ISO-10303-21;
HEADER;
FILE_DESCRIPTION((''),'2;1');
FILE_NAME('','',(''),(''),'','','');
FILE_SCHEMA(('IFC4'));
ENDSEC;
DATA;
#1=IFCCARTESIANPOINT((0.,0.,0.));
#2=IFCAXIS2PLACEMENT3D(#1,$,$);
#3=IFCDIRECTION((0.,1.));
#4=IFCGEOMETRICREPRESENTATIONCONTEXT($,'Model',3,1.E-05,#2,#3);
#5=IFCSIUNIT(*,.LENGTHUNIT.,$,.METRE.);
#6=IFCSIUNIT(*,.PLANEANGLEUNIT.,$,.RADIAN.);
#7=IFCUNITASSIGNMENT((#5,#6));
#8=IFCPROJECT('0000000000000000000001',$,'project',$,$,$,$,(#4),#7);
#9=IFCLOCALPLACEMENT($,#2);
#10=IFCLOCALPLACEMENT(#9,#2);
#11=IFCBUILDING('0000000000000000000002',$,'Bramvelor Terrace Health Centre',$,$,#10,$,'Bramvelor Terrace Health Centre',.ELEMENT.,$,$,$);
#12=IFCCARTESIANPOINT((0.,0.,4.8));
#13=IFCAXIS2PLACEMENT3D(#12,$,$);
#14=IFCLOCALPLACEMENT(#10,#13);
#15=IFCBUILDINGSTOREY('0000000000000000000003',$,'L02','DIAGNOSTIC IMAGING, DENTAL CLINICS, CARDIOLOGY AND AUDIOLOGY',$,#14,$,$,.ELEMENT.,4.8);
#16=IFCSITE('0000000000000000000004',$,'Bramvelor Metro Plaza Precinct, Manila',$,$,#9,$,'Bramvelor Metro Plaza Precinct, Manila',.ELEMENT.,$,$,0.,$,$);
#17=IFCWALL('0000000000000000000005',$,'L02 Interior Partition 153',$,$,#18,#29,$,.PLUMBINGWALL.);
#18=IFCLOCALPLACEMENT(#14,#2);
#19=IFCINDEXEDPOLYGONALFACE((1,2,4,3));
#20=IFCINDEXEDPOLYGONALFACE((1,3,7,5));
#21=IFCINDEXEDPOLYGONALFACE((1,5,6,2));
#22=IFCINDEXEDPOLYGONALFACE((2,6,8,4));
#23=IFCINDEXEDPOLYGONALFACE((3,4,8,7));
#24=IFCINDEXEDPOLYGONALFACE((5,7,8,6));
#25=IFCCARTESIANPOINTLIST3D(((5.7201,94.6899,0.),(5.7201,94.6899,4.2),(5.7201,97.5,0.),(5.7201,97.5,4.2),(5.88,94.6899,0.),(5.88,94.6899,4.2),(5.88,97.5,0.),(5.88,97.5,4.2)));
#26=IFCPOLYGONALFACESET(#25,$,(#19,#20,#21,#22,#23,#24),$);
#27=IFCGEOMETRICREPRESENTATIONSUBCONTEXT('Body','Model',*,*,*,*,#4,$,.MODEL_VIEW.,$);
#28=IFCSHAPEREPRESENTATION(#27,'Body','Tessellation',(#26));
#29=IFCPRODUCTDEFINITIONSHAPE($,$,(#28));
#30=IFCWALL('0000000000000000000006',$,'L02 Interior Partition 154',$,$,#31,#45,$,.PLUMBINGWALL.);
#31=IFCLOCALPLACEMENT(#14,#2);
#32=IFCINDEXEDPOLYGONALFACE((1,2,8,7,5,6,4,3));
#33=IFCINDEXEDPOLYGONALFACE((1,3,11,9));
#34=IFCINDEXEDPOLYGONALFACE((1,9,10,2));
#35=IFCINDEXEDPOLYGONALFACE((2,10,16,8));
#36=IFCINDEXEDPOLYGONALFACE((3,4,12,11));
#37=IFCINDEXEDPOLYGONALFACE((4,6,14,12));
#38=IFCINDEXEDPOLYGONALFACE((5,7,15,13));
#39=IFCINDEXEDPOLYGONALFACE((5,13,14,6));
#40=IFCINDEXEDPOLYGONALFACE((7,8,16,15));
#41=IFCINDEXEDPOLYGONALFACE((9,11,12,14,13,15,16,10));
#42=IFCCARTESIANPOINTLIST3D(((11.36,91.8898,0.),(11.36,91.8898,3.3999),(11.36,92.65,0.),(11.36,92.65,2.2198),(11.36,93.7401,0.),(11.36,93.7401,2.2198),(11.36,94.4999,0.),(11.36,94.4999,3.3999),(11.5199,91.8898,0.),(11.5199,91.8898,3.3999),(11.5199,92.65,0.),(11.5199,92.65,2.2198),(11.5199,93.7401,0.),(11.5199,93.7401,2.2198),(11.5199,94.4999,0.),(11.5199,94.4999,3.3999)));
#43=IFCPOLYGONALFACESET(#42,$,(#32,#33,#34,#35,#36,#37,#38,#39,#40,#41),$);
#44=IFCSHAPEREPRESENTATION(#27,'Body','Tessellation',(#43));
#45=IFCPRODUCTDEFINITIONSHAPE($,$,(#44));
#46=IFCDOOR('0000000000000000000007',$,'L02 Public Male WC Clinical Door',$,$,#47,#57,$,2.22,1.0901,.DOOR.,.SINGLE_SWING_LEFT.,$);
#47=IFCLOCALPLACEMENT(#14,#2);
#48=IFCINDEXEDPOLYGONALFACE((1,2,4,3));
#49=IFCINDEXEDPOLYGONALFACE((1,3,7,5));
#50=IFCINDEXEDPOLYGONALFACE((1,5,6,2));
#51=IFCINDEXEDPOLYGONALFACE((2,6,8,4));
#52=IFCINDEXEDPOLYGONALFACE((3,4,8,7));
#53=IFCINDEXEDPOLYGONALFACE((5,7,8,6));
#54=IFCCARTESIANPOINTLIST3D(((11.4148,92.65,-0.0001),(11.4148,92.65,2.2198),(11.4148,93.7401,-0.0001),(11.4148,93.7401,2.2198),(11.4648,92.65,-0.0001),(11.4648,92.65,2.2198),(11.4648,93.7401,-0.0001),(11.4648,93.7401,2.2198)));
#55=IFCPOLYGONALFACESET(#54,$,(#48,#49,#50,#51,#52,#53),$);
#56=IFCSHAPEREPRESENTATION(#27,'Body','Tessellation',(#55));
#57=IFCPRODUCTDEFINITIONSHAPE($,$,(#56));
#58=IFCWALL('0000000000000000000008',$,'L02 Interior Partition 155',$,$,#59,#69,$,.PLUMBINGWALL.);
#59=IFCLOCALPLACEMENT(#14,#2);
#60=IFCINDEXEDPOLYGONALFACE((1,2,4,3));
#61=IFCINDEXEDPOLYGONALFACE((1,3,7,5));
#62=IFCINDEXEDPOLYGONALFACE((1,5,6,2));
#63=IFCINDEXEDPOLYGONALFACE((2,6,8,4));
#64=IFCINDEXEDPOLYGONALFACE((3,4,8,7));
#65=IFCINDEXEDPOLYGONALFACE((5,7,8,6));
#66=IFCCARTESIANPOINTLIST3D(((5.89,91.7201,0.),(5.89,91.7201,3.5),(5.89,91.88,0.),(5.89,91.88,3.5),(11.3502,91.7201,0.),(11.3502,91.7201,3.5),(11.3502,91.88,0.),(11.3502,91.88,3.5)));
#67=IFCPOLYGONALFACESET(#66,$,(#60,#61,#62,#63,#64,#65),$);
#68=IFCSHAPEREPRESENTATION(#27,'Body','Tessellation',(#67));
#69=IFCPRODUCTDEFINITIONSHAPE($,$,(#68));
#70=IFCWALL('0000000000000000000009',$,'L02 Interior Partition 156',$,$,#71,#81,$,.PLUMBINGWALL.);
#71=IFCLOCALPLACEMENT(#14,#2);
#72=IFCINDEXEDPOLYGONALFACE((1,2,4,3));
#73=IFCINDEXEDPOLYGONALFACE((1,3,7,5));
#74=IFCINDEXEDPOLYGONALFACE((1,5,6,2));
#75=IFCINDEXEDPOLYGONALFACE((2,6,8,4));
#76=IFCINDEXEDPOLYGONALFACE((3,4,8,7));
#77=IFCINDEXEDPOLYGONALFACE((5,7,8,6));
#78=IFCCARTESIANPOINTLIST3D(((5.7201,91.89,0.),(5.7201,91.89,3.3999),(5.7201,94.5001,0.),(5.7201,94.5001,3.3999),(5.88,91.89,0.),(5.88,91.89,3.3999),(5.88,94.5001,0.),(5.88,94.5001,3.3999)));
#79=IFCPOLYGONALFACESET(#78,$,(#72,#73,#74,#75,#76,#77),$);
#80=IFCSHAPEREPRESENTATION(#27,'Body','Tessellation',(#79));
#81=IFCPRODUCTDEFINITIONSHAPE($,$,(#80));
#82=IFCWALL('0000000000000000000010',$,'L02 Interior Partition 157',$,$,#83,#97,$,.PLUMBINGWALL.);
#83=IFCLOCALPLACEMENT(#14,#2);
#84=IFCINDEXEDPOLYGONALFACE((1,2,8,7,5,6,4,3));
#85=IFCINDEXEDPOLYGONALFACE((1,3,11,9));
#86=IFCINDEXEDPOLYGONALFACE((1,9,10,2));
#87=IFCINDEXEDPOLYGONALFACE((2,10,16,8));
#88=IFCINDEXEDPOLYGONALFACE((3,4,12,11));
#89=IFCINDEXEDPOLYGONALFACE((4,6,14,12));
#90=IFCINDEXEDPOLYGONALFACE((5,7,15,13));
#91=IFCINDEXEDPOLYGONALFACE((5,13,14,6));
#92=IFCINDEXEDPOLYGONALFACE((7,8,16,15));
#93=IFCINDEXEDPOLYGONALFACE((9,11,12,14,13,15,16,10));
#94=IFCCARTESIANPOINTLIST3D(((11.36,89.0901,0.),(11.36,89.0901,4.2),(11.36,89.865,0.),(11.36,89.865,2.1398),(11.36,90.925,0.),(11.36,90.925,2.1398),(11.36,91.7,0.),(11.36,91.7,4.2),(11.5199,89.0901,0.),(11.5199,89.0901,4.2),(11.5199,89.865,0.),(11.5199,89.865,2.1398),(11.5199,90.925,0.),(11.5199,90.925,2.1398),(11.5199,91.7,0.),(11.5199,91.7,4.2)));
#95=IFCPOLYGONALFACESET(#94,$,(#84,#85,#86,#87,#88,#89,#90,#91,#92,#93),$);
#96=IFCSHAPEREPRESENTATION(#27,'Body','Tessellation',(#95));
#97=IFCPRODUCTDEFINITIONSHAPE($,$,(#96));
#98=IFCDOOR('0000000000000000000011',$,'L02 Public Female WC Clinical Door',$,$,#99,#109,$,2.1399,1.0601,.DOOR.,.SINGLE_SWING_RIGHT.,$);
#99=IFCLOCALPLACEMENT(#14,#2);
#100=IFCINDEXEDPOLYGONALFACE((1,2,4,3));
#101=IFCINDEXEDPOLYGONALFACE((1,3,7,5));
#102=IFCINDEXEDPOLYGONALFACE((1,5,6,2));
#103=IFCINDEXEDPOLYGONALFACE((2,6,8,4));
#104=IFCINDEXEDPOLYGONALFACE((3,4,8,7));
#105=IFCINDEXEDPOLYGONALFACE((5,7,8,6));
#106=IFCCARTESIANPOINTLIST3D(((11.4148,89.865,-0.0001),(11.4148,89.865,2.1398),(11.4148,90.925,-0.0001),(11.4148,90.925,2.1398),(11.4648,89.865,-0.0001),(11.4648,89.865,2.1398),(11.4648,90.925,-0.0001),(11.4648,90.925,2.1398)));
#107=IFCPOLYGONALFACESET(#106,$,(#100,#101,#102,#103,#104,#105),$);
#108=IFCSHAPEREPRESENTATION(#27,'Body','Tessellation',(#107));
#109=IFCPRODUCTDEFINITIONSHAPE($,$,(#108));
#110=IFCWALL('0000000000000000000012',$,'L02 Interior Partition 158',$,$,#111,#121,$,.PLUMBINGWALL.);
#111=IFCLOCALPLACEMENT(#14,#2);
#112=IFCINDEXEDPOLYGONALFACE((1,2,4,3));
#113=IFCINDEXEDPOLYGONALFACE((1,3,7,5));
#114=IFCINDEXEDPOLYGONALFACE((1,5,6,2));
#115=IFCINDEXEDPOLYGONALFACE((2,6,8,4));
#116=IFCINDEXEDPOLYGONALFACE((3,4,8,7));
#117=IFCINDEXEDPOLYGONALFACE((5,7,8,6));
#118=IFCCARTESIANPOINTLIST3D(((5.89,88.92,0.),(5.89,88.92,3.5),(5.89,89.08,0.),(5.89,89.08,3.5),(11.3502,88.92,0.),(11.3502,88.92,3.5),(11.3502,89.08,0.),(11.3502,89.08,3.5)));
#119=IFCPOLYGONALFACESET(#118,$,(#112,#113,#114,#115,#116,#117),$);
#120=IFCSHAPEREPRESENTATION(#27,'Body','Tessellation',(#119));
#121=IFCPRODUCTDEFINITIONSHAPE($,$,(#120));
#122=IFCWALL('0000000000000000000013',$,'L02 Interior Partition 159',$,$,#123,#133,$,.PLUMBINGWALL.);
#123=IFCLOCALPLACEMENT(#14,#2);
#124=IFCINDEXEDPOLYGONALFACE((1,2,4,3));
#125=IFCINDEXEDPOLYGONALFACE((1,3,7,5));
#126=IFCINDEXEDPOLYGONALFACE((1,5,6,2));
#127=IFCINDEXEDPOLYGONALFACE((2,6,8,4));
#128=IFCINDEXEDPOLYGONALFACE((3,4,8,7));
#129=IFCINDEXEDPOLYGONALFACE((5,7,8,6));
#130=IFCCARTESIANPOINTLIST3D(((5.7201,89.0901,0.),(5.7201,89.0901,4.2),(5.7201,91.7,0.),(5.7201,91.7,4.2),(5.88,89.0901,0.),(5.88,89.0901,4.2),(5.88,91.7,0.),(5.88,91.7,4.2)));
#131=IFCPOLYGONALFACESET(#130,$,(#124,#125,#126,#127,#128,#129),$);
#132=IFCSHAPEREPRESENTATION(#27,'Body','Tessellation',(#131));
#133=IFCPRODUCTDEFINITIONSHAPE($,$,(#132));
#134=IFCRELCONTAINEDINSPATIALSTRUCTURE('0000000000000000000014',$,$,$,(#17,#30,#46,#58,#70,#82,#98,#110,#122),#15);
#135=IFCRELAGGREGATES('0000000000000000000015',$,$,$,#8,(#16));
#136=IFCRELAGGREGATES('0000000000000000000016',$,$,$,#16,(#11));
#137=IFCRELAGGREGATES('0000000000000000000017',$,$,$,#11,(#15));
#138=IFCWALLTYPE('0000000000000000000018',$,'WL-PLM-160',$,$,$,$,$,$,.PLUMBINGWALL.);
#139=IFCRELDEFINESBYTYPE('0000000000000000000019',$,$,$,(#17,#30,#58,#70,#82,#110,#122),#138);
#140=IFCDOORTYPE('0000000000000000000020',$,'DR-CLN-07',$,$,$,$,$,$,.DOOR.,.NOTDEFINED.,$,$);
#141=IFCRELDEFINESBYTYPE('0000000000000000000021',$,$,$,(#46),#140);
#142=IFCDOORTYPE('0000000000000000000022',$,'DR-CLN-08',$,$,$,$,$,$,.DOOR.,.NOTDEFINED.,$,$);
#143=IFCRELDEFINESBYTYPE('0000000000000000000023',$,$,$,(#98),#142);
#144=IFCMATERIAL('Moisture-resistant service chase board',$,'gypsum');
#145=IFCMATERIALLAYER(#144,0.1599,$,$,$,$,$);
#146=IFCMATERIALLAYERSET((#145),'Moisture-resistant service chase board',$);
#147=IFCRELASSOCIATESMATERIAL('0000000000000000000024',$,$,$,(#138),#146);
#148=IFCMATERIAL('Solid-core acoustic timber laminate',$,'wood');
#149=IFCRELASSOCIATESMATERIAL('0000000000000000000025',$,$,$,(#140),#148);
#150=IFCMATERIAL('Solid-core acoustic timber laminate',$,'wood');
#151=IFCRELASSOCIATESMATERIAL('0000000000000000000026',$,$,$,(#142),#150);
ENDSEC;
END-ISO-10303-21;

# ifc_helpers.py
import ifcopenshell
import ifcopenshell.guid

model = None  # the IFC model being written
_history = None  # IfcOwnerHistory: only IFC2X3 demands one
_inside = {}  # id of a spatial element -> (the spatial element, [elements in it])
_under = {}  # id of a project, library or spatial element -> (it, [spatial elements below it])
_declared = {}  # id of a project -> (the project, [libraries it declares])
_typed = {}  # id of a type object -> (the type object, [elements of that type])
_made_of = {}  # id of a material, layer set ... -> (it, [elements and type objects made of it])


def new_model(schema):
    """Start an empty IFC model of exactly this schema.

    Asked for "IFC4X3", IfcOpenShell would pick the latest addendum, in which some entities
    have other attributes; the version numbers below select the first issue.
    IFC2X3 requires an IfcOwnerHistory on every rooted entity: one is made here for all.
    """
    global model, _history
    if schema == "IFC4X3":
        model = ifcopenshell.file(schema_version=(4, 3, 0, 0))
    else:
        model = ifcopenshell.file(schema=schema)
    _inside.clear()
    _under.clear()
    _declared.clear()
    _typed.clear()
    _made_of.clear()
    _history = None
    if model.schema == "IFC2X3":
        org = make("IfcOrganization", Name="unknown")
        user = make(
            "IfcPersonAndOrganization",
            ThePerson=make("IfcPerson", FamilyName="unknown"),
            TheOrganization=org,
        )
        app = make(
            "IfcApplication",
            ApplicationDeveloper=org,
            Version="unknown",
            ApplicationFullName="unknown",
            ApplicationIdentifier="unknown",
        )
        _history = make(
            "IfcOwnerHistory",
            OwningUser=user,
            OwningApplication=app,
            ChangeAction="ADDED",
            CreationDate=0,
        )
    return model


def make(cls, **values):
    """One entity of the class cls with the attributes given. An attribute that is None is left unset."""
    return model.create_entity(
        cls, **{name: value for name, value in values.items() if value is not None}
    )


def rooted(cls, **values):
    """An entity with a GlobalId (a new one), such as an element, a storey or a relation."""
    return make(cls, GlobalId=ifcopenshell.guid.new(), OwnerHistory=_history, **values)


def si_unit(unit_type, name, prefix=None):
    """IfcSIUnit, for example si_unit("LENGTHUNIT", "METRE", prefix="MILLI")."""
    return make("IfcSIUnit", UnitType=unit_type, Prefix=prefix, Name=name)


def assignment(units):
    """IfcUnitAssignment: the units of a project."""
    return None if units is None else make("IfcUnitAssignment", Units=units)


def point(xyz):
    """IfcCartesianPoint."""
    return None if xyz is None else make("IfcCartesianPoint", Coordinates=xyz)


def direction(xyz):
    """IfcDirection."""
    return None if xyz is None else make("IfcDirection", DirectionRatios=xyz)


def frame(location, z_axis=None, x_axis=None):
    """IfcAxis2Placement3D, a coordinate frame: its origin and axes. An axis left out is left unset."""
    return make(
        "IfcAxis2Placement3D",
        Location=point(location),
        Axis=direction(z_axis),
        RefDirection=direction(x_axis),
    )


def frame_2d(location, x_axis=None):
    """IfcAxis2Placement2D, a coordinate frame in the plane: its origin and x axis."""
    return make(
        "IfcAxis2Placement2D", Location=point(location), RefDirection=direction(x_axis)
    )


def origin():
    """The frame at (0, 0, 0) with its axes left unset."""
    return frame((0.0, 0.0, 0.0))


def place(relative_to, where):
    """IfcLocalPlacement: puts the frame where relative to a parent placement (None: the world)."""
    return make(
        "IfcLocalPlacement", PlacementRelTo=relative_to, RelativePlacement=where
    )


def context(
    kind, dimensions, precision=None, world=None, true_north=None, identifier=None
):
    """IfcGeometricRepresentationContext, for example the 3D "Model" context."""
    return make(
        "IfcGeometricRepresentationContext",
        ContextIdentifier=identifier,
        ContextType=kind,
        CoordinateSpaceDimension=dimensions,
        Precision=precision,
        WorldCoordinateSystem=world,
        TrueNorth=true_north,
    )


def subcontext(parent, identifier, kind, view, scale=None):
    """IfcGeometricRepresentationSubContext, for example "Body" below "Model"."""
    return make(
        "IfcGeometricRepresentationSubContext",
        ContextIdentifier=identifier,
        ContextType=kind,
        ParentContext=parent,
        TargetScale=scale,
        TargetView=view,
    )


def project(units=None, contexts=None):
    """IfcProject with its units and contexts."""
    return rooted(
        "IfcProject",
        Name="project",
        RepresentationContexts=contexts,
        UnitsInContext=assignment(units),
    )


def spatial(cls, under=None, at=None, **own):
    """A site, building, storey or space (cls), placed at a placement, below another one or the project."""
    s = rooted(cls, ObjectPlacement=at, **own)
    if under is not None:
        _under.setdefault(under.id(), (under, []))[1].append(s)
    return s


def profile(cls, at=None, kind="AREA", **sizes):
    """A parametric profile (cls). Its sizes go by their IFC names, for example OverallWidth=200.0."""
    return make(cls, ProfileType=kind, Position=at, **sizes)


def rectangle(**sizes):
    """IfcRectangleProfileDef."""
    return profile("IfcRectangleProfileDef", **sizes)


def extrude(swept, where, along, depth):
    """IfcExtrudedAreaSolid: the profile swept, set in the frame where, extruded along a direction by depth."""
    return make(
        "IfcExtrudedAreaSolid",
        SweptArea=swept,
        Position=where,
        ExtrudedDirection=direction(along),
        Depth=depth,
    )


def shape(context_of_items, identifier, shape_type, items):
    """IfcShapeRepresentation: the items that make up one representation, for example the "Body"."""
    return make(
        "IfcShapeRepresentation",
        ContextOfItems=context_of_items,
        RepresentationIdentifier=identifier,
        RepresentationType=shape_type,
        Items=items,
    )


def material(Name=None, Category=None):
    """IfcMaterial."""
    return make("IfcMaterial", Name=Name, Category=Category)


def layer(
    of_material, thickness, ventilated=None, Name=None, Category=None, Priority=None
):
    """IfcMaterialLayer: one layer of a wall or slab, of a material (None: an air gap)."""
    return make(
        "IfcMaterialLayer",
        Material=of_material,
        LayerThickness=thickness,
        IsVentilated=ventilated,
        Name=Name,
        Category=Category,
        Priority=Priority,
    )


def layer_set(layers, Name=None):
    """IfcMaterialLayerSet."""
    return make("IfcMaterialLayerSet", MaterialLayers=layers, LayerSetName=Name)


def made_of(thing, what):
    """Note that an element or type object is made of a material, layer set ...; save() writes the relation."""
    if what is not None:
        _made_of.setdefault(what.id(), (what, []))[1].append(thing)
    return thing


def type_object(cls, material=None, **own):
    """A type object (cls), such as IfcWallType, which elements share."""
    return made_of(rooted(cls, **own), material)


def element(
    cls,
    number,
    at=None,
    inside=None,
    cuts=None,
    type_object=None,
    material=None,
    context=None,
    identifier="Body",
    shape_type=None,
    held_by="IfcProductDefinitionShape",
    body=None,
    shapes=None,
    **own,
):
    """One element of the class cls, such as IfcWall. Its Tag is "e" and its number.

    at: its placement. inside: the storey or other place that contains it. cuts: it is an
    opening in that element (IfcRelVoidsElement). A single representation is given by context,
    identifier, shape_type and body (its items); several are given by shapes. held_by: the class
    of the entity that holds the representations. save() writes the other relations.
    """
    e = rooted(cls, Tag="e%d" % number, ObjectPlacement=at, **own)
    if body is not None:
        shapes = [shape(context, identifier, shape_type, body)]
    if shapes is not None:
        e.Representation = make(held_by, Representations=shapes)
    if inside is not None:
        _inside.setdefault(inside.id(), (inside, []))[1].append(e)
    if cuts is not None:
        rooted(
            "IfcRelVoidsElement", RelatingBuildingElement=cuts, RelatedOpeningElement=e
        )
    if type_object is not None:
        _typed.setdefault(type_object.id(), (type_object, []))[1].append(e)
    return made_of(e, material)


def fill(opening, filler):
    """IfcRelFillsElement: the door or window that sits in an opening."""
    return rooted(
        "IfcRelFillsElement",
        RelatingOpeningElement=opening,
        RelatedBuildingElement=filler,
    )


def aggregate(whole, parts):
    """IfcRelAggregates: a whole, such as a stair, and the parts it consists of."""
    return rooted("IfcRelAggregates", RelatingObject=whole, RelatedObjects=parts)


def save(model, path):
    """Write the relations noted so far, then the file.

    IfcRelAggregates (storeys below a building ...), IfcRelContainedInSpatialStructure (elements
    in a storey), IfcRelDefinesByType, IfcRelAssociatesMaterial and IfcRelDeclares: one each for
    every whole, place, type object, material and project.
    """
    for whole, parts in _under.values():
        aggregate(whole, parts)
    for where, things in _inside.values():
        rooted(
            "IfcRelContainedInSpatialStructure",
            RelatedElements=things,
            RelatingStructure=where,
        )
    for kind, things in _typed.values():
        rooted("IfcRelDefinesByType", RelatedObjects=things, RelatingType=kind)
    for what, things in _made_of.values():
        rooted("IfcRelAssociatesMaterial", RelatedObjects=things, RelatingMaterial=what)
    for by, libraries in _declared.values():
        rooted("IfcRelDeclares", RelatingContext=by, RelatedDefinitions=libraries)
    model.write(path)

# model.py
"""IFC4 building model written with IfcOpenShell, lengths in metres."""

from ifc_helpers import new_model, si_unit, direction, frame, frame_2d, origin, place, context, subcontext, project, spatial, rectangle, extrude, material, layer, layer_set, type_object, element, fill, save


model = new_model("IFC4")

# Units and contexts
model_context = context("Model", 3, precision=1e-05, world=origin(), true_north=direction((0.0, 1.0)))
body_context = subcontext(model_context, "Body", "Model", "MODEL_VIEW")
ifc_project = project(units=[si_unit("LENGTHUNIT", "METRE"), si_unit("PLANEANGLEUNIT", "RADIAN")], contexts=[model_context])

# Site, building, storey
site_placement = place(None, origin())
site = spatial("IfcSite", under=ifc_project, at=site_placement, Name="Bramvelor Metro Plaza Precinct, Manila", LongName="Bramvelor Metro Plaza Precinct, Manila", CompositionType="ELEMENT", RefElevation=0.0)
building_placement = place(site_placement, origin())
building = spatial("IfcBuilding", under=site, at=building_placement, Name="Bramvelor Terrace Health Centre", LongName="Bramvelor Terrace Health Centre", CompositionType="ELEMENT")
storey_placement = place(building_placement, frame((0.0, 0.0, 4.8)))
storey = spatial("IfcBuildingStorey", under=building, at=storey_placement, Name="L02", Description="DIAGNOSTIC IMAGING, DENTAL CLINICS, CARDIOLOGY AND AUDIOLOGY", CompositionType="ELEMENT", Elevation=4.8)

# Shared definitions
ifc_material_1 = material(Name="Moisture-resistant service chase board", Category="gypsum")
ifc_layer_1 = layer(ifc_material_1, 0.1599)
ifc_layer_set_1 = layer_set([ifc_layer_1], Name="Moisture-resistant service chase board")
wall_type_1 = type_object("IfcWallType", Name="WL-PLM-160", PredefinedType="PLUMBINGWALL", material=ifc_layer_set_1)

# Wall
wall_1_placement = place(storey_placement, frame((5.8, 94.6899, 0.0), z_axis=(0.0, 0.0, 1.0), x_axis=(0.0, 1.0, 0.0)))
element("IfcWall", 1, at=wall_1_placement, inside=storey, type_object=wall_type_1, Name="L02 Interior Partition 153", PredefinedType="PLUMBINGWALL", context=body_context, shape_type="SweptSolid", body=[
    extrude(rectangle(XDim=2.8101, YDim=0.1599, at=frame_2d((1.405, 0.0))), origin(), (0.0, 0.0, 1.0), 4.2),
])

# Wall, opening, door
wall_2_placement = place(storey_placement, frame((11.4399, 94.5, 0.0), z_axis=(0.0, 0.0, 1.0), x_axis=(0.0, -1.0, 0.0)))
wall_2 = element("IfcWall", 2, at=wall_2_placement, inside=storey, type_object=wall_type_1, Name="L02 Interior Partition 154", PredefinedType="PLUMBINGWALL", context=body_context, shape_type="SweptSolid", body=[
    extrude(rectangle(XDim=2.6101, YDim=0.1599, at=frame_2d((1.3052, 0.0))), origin(), (0.0, 0.0, 1.0), 3.3999),
])
opening_1_placement = place(wall_2_placement, frame((0.76, 0.0, 0.0)))
opening_1 = element("IfcOpeningElement", 3, at=opening_1_placement, cuts=wall_2, PredefinedType="OPENING", context=body_context, shape_type="SweptSolid", body=[
    extrude(rectangle(XDim=1.0901, YDim=2.22, at=frame_2d((0.5449, 1.1099))), frame((0.0, 0.0898, 0.0), z_axis=(0.0, -1.0, 0.0), x_axis=(1.0, 0.0, 0.0)), (0.0, 0.0, 1.0), 0.1799),
])
ifc_material_2 = material(Name="Solid-core acoustic timber laminate", Category="wood")
door_type_1 = type_object("IfcDoorType", Name="DR-CLN-07", OperationType="NOTDEFINED", PredefinedType="DOOR", material=ifc_material_2)
door_1_placement = place(opening_1_placement, origin())
door_1 = element("IfcDoor", 4, at=door_1_placement, inside=storey, type_object=door_type_1, Name="L02 Public Male WC Clinical Door", OperationType="SINGLE_SWING_LEFT", OverallHeight=2.22, OverallWidth=1.0901, PredefinedType="DOOR", context=body_context, shape_type="SweptSolid", body=[
    extrude(rectangle(XDim=1.0901, YDim=2.22, at=frame_2d((0.5449, 1.1099))), frame((0.0, 0.0249, 0.0), z_axis=(0.0, -1.0, 0.0), x_axis=(1.0, 0.0, 0.0)), (0.0, 0.0, 1.0), 0.05),
])
fill(opening_1, door_1)

# Walls
wall_3_placement = place(storey_placement, frame((11.3501, 91.8, 0.0), z_axis=(0.0, 0.0, 1.0), x_axis=(-1.0, 0.0, 0.0)))
element("IfcWall", 5, at=wall_3_placement, inside=storey, type_object=wall_type_1, Name="L02 Interior Partition 155", PredefinedType="PLUMBINGWALL", context=body_context, shape_type="SweptSolid", body=[
    extrude(rectangle(XDim=5.4602, YDim=0.1599, at=frame_2d((2.73, 0.0))), origin(), (0.0, 0.0, 1.0), 3.5),
])
wall_4_placement = place(storey_placement, frame((5.8, 91.8899, 0.0), z_axis=(0.0, 0.0, 1.0), x_axis=(0.0, 1.0, 0.0)))
element("IfcWall", 6, at=wall_4_placement, inside=storey, type_object=wall_type_1, Name="L02 Interior Partition 156", PredefinedType="PLUMBINGWALL", context=body_context, shape_type="SweptSolid", body=[
    extrude(rectangle(XDim=2.6101, YDim=0.1599, at=frame_2d((1.3052, 0.0))), origin(), (0.0, 0.0, 1.0), 3.3999),
])

# Wall, opening, door
wall_5_placement = place(storey_placement, frame((11.4399, 91.7, 0.0), z_axis=(0.0, 0.0, 1.0), x_axis=(0.0, -1.0, 0.0)))
wall_5 = element("IfcWall", 7, at=wall_5_placement, inside=storey, type_object=wall_type_1, Name="L02 Interior Partition 157", PredefinedType="PLUMBINGWALL", context=body_context, shape_type="SweptSolid", body=[
    extrude(rectangle(XDim=2.6099, YDim=0.1599, at=frame_2d((1.3049, 0.0))), origin(), (0.0, 0.0, 1.0), 4.2),
])
opening_2_placement = place(wall_5_placement, frame((0.7749, 0.0, 0.0)))
opening_2 = element("IfcOpeningElement", 8, at=opening_2_placement, cuts=wall_5, PredefinedType="OPENING", context=body_context, shape_type="SweptSolid", body=[
    extrude(rectangle(XDim=1.0601, YDim=2.1399, at=frame_2d((0.53, 1.0698))), frame((0.0, 0.0898, 0.0), z_axis=(0.0, -1.0, 0.0), x_axis=(1.0, 0.0, 0.0)), (0.0, 0.0, 1.0), 0.1799),
])
ifc_material_3 = material(Name="Solid-core acoustic timber laminate", Category="wood")
door_type_2 = type_object("IfcDoorType", Name="DR-CLN-08", OperationType="NOTDEFINED", PredefinedType="DOOR", material=ifc_material_3)
door_2_placement = place(opening_2_placement, origin())
door_2 = element("IfcDoor", 9, at=door_2_placement, inside=storey, type_object=door_type_2, Name="L02 Public Female WC Clinical Door", OperationType="SINGLE_SWING_RIGHT", OverallHeight=2.1399, OverallWidth=1.0601, PredefinedType="DOOR", context=body_context, shape_type="SweptSolid", body=[
    extrude(rectangle(XDim=1.0601, YDim=2.1399, at=frame_2d((0.53, 1.0698))), frame((0.0, 0.0249, 0.0), z_axis=(0.0, -1.0, 0.0), x_axis=(1.0, 0.0, 0.0)), (0.0, 0.0, 1.0), 0.05),
])
fill(opening_2, door_2)

# Walls
wall_6_placement = place(storey_placement, frame((11.3501, 89.0, 0.0), z_axis=(0.0, 0.0, 1.0), x_axis=(-1.0, 0.0, 0.0)))
element("IfcWall", 10, at=wall_6_placement, inside=storey, type_object=wall_type_1, Name="L02 Interior Partition 158", PredefinedType="PLUMBINGWALL", context=body_context, shape_type="SweptSolid", body=[
    extrude(rectangle(XDim=5.4602, YDim=0.1599, at=frame_2d((2.73, 0.0))), origin(), (0.0, 0.0, 1.0), 3.5),
])
wall_7_placement = place(storey_placement, frame((5.8, 89.0901, 0.0), z_axis=(0.0, 0.0, 1.0), x_axis=(0.0, 1.0, 0.0)))
element("IfcWall", 11, at=wall_7_placement, inside=storey, type_object=wall_type_1, Name="L02 Interior Partition 159", PredefinedType="PLUMBINGWALL", context=body_context, shape_type="SweptSolid", body=[
    extrude(rectangle(XDim=2.6099, YDim=0.1599, at=frame_2d((1.3049, 0.0))), origin(), (0.0, 0.0, 1.0), 4.2),
])

save(model, "model.ifc")
